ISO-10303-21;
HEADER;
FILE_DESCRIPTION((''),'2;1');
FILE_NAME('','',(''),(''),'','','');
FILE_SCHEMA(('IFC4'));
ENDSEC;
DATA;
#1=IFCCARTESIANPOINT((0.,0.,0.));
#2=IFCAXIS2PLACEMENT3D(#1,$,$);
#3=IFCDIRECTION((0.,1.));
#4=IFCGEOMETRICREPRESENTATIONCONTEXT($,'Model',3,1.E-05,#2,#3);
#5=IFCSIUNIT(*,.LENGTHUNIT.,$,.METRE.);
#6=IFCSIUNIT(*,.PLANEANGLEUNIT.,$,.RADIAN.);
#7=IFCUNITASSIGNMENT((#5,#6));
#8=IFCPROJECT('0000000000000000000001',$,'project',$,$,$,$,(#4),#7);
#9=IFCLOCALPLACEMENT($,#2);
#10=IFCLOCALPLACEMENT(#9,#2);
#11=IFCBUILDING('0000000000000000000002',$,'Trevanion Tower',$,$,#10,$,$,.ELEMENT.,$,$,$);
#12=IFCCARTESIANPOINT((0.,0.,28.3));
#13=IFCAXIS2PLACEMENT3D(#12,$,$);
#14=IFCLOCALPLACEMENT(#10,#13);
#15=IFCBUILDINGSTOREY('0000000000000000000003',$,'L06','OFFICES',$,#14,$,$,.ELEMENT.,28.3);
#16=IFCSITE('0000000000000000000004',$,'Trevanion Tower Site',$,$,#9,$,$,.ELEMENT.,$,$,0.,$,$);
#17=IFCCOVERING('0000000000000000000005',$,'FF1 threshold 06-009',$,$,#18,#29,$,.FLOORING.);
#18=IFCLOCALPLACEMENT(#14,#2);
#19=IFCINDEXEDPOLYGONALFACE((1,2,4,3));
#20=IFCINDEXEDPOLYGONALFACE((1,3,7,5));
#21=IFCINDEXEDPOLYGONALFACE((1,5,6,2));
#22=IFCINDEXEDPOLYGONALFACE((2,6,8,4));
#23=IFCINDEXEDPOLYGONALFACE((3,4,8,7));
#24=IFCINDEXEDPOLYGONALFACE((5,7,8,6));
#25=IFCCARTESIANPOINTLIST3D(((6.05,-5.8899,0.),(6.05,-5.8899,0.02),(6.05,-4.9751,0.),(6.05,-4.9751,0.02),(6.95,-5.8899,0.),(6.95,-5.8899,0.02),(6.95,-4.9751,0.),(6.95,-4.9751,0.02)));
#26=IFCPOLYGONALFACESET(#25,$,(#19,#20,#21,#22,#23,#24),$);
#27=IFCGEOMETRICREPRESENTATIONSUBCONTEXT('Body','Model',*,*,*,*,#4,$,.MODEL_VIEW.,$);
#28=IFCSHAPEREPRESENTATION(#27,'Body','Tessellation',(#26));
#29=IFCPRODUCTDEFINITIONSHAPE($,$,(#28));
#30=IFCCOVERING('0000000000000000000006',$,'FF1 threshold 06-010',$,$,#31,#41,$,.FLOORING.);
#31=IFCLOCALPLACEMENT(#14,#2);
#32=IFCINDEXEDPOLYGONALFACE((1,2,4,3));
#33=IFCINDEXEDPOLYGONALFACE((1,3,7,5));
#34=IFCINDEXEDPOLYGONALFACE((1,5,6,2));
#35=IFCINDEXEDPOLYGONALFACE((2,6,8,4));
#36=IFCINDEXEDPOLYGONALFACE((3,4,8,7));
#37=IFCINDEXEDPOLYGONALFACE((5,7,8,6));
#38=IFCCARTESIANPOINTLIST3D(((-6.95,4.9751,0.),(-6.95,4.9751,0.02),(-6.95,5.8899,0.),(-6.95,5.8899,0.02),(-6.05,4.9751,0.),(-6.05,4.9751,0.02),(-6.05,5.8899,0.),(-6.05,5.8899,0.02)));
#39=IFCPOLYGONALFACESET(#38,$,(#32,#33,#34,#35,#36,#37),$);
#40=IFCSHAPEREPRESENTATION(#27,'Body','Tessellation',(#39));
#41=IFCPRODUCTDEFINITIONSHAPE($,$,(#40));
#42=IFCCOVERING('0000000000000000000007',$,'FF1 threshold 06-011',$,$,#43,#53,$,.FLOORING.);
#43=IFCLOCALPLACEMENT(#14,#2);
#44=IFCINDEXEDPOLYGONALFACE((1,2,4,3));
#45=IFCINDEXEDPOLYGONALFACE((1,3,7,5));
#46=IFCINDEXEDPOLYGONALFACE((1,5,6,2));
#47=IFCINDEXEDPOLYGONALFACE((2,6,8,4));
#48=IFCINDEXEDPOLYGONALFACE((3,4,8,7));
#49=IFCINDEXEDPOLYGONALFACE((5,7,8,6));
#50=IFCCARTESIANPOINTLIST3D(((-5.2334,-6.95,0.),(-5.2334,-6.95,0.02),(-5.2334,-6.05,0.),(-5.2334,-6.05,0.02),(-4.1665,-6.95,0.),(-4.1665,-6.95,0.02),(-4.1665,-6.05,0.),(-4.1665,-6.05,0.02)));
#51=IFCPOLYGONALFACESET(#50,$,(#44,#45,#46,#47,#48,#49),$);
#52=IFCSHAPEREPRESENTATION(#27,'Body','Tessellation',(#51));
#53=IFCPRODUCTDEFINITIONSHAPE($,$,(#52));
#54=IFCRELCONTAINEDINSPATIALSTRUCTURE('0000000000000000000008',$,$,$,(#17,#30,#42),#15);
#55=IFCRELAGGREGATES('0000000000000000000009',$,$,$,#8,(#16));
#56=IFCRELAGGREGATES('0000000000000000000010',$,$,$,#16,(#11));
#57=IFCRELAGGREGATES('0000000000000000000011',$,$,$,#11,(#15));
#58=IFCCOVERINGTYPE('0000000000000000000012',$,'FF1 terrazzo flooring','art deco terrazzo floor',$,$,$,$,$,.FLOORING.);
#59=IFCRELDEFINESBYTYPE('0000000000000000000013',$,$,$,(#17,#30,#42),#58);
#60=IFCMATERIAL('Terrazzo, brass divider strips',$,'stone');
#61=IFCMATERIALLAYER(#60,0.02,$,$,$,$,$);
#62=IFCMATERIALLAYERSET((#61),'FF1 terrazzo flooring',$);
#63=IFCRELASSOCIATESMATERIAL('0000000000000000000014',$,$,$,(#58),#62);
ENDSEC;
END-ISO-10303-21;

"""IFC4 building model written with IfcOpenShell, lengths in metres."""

from ifc_helpers import new_model, si_unit, direction, frame, origin, place, context, subcontext, project, spatial, polyline, outline, extrude, material, layer, layer_set, type_object, element, save


model = new_model("IFC4")

# Units and contexts
model_context = context("Model", 3, precision=1e-05, world=origin(), true_north=direction((0.0, 1.0)))
body_context = subcontext(model_context, "Body", "Model", "MODEL_VIEW")
ifc_project = project(units=[si_unit("LENGTHUNIT", "METRE"), si_unit("PLANEANGLEUNIT", "RADIAN")], contexts=[model_context])

# Site, building, storey
site_placement = place(None, origin())
site = spatial("IfcSite", under=ifc_project, at=site_placement, Name="Trevanion Tower Site", CompositionType="ELEMENT", RefElevation=0.0)
building_placement = place(site_placement, origin())
building = spatial("IfcBuilding", under=site, at=building_placement, Name="Trevanion Tower", CompositionType="ELEMENT")
storey_placement = place(building_placement, frame((0.0, 0.0, 28.3)))
storey = spatial("IfcBuildingStorey", under=building, at=storey_placement, Name="L06", Description="OFFICES", CompositionType="ELEMENT", Elevation=28.3)

# Coverings
ifc_material_1 = material(Name="Terrazzo, brass divider strips", Category="stone")
ifc_layer_1 = layer(ifc_material_1, 0.02)
ifc_layer_set_1 = layer_set([ifc_layer_1], Name="FF1 terrazzo flooring")
covering_type = type_object("IfcCoveringType", Name="FF1 terrazzo flooring", Description="art deco terrazzo floor", PredefinedType="FLOORING", material=ifc_layer_set_1)
covering_1_placement = place(storey_placement, origin())
element("IfcCovering", 1, at=covering_1_placement, inside=storey, type_object=covering_type, Name="FF1 threshold 06-009", PredefinedType="FLOORING", context=body_context, shape_type="SweptSolid", body=[
    extrude(outline(polyline([(6.95, -5.8899), (6.95, -4.9751), (6.05, -4.9751), (6.05, -5.8899), (6.95, -5.8899)])), origin(), (0.0, 0.0, 1.0), 0.02),
])
covering_2_placement = place(storey_placement, origin())
element("IfcCovering", 2, at=covering_2_placement, inside=storey, type_object=covering_type, Name="FF1 threshold 06-010", PredefinedType="FLOORING", context=body_context, shape_type="SweptSolid", body=[
    extrude(outline(polyline([(-6.95, 5.8899), (-6.95, 4.9751), (-6.05, 4.9751), (-6.05, 5.8899), (-6.95, 5.8899)])), origin(), (0.0, 0.0, 1.0), 0.02),
])
covering_3_placement = place(storey_placement, origin())
element("IfcCovering", 3, at=covering_3_placement, inside=storey, type_object=covering_type, Name="FF1 threshold 06-011", PredefinedType="FLOORING", context=body_context, shape_type="SweptSolid", body=[
    extrude(outline(polyline([(-5.2334, -6.95), (-4.1665, -6.95), (-4.1665, -6.05), (-5.2334, -6.05), (-5.2334, -6.95)])), origin(), (0.0, 0.0, 1.0), 0.02),
])

save(model, "model.ifc")
